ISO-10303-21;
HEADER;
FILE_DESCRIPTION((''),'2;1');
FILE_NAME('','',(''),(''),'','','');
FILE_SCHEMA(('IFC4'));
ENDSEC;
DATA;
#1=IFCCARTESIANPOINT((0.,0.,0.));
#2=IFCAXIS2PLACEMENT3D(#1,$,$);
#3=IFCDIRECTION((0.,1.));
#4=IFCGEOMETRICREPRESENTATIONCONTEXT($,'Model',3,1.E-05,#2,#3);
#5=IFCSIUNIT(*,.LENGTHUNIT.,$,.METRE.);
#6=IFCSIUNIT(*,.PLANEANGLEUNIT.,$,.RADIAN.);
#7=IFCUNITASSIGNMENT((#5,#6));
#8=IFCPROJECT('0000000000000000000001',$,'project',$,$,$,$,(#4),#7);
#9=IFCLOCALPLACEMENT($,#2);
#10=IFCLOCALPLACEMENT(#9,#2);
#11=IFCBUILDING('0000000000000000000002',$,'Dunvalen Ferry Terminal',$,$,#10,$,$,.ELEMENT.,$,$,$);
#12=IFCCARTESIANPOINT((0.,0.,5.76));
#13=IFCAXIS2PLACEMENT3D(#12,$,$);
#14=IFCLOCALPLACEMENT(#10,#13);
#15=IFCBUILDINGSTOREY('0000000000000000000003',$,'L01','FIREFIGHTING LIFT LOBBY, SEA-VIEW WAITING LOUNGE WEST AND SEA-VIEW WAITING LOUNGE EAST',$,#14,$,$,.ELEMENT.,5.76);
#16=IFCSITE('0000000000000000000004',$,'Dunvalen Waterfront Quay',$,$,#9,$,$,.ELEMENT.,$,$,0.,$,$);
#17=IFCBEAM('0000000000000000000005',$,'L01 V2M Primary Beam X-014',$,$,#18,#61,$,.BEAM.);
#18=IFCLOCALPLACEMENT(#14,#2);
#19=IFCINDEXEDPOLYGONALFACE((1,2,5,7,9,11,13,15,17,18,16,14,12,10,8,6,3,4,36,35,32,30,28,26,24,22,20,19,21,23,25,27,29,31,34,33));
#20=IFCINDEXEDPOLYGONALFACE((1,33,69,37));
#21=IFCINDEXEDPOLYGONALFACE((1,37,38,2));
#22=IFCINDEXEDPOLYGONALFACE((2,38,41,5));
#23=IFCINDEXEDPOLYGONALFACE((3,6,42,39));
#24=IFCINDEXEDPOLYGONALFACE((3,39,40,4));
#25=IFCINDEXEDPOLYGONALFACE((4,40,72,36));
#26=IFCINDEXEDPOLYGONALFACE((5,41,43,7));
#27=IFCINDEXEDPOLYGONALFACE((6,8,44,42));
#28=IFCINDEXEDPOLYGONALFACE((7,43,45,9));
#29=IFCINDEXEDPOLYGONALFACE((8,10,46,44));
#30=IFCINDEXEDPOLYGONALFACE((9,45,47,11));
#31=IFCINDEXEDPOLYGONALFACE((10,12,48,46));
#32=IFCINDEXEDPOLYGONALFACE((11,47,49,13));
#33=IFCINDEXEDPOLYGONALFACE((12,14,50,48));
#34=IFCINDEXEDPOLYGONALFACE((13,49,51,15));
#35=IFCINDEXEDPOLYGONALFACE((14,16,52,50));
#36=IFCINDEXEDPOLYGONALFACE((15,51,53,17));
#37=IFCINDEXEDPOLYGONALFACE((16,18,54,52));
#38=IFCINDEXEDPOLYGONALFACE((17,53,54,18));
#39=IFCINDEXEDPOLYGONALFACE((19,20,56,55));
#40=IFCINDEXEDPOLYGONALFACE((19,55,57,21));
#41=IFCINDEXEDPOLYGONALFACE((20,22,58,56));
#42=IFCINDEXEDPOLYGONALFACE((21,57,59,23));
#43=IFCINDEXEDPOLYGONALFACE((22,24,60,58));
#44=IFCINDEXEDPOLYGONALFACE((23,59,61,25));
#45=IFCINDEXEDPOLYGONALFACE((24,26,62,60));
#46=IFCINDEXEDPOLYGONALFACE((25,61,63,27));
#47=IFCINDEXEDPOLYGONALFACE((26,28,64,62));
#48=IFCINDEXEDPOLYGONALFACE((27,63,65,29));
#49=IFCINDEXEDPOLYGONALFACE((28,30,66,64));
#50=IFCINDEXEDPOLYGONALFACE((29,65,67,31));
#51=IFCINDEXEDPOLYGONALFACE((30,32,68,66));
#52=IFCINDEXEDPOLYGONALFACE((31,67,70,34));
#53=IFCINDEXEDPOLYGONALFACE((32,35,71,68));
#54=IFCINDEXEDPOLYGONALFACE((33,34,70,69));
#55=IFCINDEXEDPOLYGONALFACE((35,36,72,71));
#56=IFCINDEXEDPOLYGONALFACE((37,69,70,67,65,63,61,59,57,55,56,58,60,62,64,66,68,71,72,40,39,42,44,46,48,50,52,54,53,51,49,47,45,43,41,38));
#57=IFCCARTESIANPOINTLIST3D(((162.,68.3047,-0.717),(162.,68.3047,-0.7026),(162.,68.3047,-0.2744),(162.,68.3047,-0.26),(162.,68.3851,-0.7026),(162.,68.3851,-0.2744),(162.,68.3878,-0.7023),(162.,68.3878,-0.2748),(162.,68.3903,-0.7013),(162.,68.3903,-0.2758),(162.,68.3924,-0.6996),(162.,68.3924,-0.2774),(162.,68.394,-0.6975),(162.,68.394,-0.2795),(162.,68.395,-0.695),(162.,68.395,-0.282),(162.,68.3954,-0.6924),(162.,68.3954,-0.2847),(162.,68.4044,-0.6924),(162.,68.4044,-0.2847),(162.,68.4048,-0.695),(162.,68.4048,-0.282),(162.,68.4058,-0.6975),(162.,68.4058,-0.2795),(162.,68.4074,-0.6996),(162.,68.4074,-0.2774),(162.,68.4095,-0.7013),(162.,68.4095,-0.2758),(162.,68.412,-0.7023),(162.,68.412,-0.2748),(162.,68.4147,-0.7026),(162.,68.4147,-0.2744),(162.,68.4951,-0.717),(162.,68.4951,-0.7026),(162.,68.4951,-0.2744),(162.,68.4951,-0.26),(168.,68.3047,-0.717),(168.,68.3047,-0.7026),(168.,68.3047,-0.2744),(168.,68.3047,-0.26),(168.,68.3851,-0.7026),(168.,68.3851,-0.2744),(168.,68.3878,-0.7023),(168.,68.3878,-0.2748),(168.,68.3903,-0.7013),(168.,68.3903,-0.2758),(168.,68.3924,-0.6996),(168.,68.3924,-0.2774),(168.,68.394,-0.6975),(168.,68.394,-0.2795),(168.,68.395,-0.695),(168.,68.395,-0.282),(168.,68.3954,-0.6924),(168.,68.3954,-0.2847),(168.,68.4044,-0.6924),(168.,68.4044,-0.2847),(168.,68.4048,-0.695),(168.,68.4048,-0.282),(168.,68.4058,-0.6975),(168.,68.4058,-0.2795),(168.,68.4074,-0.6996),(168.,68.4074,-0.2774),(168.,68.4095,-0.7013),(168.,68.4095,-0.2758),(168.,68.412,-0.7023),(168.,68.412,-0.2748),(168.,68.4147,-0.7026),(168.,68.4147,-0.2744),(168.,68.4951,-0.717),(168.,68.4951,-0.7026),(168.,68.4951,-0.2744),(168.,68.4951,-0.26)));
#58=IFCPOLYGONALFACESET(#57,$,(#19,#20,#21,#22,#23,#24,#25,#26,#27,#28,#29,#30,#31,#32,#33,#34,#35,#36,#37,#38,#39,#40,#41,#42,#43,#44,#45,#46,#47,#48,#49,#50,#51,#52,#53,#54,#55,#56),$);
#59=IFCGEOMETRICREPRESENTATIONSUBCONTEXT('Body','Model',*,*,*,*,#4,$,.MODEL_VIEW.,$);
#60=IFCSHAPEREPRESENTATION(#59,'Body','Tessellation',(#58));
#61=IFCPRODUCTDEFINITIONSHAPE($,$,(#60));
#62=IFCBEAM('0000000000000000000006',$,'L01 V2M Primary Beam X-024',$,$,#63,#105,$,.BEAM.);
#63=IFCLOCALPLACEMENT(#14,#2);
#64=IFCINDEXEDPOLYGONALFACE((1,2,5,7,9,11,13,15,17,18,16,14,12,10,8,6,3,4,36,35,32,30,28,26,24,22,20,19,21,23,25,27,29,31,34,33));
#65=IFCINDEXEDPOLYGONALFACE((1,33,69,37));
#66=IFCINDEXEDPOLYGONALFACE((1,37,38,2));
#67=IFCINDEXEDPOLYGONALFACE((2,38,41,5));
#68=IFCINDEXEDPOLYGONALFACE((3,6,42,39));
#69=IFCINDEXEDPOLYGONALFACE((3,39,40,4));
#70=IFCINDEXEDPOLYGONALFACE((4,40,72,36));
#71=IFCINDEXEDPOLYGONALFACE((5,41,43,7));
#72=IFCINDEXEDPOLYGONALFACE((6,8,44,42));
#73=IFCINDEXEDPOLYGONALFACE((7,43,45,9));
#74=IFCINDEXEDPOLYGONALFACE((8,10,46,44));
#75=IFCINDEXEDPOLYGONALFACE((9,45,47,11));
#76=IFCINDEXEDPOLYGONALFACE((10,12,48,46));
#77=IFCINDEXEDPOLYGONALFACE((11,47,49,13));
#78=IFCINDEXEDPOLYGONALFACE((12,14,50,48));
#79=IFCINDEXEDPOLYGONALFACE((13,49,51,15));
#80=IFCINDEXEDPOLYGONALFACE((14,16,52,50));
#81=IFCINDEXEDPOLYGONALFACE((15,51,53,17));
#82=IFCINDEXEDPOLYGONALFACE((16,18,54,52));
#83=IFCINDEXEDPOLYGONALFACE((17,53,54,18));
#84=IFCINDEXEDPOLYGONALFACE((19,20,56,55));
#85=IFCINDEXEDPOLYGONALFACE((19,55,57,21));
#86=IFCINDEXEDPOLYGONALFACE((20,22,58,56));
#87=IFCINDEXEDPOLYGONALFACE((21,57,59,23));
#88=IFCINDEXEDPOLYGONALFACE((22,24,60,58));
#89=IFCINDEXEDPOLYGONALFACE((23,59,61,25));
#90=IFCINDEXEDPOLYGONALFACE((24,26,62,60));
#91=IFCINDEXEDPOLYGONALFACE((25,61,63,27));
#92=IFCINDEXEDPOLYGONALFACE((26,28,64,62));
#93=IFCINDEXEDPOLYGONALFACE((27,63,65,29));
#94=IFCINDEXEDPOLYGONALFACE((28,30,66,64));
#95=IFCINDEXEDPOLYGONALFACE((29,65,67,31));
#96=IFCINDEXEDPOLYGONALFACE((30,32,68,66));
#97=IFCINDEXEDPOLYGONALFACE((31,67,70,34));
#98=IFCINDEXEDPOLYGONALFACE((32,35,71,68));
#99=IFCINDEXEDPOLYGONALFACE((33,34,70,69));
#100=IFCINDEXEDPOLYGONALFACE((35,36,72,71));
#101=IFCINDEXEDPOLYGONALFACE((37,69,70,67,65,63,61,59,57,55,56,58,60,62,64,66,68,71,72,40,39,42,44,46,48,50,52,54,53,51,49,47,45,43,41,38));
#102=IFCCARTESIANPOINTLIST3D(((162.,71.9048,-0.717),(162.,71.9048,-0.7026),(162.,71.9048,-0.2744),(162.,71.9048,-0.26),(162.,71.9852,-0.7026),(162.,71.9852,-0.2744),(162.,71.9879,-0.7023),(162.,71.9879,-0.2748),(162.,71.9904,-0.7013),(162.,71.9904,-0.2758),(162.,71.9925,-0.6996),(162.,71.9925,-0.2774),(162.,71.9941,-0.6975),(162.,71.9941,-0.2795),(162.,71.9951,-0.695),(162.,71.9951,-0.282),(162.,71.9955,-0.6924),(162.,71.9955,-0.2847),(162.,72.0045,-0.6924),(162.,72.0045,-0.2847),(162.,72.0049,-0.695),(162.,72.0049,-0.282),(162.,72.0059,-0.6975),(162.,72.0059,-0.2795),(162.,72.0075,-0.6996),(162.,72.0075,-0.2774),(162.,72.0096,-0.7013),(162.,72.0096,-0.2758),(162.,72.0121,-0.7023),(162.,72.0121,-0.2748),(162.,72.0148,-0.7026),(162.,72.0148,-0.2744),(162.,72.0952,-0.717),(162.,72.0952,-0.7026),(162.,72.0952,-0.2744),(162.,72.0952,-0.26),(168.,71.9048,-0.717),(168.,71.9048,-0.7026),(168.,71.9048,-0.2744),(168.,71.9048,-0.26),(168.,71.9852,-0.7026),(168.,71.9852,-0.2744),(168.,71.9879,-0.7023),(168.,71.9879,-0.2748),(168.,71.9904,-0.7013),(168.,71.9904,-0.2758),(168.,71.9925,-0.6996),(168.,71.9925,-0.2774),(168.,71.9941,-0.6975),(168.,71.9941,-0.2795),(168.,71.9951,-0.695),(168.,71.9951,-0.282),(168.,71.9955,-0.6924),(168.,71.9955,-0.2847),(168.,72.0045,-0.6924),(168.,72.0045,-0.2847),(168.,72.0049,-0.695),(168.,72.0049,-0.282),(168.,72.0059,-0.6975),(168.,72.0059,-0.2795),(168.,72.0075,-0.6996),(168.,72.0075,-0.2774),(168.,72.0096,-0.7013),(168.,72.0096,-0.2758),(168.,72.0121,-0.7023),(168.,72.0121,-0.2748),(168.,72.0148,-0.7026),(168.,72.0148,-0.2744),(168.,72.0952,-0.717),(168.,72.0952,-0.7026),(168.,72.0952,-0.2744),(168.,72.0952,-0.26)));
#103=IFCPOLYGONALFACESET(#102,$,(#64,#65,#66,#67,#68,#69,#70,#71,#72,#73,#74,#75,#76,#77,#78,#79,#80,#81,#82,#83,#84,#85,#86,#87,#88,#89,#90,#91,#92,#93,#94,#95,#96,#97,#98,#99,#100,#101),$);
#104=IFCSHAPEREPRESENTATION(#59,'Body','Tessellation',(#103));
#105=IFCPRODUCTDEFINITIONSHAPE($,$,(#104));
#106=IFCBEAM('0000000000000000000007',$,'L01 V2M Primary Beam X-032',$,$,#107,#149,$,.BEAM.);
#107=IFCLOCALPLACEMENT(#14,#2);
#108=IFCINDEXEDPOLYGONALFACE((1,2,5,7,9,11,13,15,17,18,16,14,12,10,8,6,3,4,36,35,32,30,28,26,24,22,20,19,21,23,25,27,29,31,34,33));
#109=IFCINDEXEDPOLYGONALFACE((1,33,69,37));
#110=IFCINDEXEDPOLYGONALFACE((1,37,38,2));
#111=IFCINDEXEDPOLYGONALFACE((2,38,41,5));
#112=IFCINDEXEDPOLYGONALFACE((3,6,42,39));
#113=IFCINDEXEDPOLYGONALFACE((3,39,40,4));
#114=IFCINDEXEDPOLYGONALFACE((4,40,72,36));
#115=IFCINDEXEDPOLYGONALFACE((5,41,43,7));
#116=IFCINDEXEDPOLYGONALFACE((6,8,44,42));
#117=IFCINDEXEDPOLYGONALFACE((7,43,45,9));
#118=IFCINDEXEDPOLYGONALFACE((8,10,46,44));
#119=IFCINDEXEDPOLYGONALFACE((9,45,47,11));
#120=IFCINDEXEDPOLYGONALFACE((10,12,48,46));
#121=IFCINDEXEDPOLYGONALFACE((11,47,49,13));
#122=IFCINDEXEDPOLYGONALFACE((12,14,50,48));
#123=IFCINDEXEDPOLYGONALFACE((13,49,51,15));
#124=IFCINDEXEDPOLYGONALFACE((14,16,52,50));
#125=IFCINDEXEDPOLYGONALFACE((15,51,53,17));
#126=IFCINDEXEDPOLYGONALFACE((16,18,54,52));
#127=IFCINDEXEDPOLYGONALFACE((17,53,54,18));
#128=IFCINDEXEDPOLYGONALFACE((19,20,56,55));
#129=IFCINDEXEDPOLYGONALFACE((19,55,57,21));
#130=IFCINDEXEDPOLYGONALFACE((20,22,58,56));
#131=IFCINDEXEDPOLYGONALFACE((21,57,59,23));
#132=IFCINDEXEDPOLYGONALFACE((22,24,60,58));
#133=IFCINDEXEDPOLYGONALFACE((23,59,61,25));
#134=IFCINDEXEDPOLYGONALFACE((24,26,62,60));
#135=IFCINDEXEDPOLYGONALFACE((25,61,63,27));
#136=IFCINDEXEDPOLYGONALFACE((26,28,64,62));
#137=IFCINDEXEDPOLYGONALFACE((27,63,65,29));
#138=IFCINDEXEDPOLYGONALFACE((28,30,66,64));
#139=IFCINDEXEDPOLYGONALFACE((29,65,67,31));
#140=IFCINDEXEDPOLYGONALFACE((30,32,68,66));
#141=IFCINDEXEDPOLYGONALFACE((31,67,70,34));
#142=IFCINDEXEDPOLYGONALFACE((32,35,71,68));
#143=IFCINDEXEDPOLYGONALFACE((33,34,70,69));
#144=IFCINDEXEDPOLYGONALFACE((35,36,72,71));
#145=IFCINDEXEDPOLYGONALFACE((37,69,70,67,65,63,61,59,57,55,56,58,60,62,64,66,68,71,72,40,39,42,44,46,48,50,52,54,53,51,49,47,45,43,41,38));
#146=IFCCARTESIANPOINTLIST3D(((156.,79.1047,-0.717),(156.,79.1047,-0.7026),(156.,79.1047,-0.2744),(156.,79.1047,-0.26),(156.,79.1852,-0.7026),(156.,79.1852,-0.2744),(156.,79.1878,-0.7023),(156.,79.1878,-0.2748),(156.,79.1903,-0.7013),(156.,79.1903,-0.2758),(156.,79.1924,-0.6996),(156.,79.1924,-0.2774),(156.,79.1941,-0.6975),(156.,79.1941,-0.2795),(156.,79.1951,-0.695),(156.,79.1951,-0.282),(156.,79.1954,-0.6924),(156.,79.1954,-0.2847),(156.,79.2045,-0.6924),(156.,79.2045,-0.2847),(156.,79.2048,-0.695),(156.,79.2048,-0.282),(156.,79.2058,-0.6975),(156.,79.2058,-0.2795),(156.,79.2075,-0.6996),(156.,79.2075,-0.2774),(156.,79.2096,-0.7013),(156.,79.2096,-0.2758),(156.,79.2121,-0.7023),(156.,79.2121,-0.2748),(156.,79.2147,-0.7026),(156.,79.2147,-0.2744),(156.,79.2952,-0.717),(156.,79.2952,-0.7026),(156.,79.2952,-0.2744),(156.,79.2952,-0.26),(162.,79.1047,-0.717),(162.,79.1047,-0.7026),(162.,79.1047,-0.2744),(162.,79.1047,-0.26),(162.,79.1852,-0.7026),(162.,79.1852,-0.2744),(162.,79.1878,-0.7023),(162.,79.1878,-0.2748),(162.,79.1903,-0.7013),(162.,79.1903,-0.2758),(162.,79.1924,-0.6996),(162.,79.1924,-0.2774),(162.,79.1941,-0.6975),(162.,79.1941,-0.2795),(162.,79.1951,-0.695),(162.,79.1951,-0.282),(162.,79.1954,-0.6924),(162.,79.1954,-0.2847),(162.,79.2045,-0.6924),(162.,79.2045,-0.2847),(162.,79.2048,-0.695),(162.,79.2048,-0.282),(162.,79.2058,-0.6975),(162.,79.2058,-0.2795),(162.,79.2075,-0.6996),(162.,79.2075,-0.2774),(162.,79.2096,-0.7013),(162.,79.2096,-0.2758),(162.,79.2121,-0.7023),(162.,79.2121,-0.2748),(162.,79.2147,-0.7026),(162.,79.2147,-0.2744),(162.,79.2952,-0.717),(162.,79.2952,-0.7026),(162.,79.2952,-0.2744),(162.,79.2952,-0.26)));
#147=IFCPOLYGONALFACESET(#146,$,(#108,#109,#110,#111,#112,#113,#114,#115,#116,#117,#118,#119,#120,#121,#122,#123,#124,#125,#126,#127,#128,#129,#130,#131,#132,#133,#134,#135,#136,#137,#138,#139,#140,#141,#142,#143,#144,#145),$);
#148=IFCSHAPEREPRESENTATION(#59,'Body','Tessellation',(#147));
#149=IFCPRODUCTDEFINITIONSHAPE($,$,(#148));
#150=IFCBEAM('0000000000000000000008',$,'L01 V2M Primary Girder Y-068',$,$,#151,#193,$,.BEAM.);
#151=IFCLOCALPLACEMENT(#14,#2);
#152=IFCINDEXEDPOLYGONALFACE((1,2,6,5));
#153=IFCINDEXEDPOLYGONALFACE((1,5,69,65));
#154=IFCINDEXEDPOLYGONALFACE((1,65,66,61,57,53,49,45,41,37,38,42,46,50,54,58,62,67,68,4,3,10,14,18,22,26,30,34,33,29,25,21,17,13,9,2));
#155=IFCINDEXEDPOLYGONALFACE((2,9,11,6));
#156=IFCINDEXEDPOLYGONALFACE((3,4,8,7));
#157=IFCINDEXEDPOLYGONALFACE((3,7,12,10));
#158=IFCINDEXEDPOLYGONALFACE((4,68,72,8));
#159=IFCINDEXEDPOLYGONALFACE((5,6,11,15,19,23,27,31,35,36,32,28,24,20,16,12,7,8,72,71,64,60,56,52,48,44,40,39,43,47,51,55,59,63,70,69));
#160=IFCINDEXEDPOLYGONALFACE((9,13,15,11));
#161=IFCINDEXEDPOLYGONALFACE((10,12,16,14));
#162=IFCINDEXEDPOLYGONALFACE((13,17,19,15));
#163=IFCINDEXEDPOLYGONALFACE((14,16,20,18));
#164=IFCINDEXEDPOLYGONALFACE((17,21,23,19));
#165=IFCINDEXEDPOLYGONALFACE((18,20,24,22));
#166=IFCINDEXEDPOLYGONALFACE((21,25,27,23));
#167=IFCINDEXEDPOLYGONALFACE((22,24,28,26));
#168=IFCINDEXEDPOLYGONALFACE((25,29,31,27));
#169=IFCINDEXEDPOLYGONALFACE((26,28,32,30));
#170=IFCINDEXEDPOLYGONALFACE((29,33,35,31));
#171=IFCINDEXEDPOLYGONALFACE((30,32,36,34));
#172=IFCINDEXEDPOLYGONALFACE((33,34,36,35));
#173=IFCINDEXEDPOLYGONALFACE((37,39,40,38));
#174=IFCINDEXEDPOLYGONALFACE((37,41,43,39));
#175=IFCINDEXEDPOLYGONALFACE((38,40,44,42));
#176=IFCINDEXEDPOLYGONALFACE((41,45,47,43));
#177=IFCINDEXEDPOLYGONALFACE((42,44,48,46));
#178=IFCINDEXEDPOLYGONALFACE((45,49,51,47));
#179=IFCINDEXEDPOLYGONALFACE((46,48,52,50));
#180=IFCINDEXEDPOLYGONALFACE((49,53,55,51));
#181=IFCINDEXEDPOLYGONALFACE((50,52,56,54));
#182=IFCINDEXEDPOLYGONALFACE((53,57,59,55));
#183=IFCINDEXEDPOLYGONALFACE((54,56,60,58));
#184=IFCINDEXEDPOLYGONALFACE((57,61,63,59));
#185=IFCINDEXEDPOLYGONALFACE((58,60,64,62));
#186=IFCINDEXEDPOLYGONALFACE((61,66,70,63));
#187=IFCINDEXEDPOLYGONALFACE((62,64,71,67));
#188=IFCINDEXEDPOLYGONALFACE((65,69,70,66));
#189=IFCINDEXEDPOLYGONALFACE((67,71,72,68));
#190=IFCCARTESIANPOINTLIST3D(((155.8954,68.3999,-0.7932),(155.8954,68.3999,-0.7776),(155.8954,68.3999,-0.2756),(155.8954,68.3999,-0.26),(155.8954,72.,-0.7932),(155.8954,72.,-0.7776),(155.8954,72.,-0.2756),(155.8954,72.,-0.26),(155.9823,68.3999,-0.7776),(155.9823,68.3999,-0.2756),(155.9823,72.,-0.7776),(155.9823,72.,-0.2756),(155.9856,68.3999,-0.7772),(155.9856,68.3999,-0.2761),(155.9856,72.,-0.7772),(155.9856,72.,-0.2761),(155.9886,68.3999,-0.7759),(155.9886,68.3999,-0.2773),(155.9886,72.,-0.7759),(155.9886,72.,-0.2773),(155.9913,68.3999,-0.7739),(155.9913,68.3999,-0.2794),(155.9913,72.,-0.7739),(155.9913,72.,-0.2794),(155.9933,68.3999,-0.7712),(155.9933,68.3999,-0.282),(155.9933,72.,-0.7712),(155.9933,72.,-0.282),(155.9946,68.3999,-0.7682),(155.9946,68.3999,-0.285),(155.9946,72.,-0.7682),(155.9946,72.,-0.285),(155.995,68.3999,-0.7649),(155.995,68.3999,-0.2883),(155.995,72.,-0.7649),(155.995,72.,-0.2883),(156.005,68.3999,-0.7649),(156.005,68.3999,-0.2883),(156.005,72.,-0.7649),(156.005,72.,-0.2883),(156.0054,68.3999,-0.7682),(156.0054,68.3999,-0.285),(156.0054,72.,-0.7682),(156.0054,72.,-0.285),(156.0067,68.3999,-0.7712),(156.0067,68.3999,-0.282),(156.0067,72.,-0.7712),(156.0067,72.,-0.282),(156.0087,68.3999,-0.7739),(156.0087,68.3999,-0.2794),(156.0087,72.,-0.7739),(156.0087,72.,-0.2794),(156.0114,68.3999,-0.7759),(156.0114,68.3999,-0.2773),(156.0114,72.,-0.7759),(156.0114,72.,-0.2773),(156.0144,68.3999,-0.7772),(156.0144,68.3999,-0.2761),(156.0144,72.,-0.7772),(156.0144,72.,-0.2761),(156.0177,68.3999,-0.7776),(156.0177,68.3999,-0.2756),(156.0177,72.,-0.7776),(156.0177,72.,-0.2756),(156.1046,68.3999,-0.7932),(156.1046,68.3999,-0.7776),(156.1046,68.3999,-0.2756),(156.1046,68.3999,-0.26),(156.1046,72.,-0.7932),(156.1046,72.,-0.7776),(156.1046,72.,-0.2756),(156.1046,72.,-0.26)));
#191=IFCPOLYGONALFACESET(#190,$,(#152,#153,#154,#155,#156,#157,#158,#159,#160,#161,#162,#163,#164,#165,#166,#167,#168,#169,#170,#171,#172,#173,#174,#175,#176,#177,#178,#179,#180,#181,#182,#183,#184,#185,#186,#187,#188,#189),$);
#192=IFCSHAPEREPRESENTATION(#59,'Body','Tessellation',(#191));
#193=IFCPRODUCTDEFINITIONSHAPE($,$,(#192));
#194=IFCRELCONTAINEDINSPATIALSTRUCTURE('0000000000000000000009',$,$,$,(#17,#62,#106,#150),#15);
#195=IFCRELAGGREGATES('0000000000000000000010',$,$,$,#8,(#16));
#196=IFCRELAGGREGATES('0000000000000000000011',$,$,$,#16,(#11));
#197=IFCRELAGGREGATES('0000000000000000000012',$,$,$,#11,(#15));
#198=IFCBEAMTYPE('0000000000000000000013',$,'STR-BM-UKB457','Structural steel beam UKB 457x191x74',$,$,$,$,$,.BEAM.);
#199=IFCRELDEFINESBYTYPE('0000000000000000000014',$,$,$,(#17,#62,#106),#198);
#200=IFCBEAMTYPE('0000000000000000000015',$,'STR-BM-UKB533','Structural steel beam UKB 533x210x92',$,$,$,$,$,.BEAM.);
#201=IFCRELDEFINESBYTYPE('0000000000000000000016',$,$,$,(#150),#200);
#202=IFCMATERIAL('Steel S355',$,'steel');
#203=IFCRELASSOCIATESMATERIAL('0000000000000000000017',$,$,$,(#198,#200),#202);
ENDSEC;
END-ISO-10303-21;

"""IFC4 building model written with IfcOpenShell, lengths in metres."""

from ifc_helpers import new_model, si_unit, direction, frame, origin, origin_2d, place, context, subcontext, project, spatial, i_section, extrude, material, material_profile, profile_set, type_object, element, save


model = new_model("IFC4")

# Units and contexts
model_context = context("Model", 3, precision=1e-05, world=origin(), true_north=direction((0.0, 1.0)))
body_context = subcontext(model_context, "Body", "Model", "MODEL_VIEW")
ifc_project = project(units=[si_unit("LENGTHUNIT", "METRE"), si_unit("PLANEANGLEUNIT", "RADIAN")], contexts=[model_context])

# Site, building, storey
site_placement = place(None, origin())
site = spatial("IfcSite", under=ifc_project, at=site_placement, Name="Dunvalen Waterfront Quay", CompositionType="ELEMENT", RefElevation=0.0)
building_placement = place(site_placement, origin())
building = spatial("IfcBuilding", under=site, at=building_placement, Name="Dunvalen Ferry Terminal", CompositionType="ELEMENT")
storey_placement = place(building_placement, frame((0.0, 0.0, 5.76)))
storey = spatial("IfcBuildingStorey", under=building, at=storey_placement, Name="L01", Description="FIREFIGHTING LIFT LOBBY, SEA-VIEW WAITING LOUNGE WEST AND SEA-VIEW WAITING LOUNGE EAST", CompositionType="ELEMENT", Elevation=5.76)

# Beams
ifc_material_1 = material(Name="Steel S355", Category="steel")
ifc_material_profile_1 = material_profile(ifc_material_1, i_section(OverallWidth=0.1904, OverallDepth=0.457, WebThickness=0.009, FlangeThickness=0.0144, FilletRadius=0.0103, at=origin_2d()), Name="Steel S355")
ifc_profile_set_1 = profile_set([ifc_material_profile_1], Name="Steel S355")
beam_type_1 = type_object("IfcBeamType", Name="STR-BM-UKB457", Description="Structural steel beam UKB 457x191x74", PredefinedType="BEAM", material=ifc_profile_set_1)
for number, where, z_axis, x_axis, name in (
    (1, (162.0, 68.3999, -0.4885), (1.0, 0.0, 0.0), (0.0, 1.0, 0.0), "L01 V2M Primary Beam X-014"),
    (2, (162.0, 72.0, -0.4885), (1.0, 0.0, 0.0), (0.0, 1.0, 0.0), "L01 V2M Primary Beam X-024"),
    (3, (156.0, 79.2, -0.4885), (1.0, 0.0, 0.0), (0.0, 1.0, 0.0), "L01 V2M Primary Beam X-032"),
):
    element("IfcBeam", number, at=place(storey_placement, frame(where, z_axis=z_axis, x_axis=x_axis)), inside=storey, type_object=beam_type_1, Name=name, PredefinedType="BEAM", context=body_context, shape_type="SweptSolid", body=[
        extrude(i_section(OverallWidth=0.1904, OverallDepth=0.457, WebThickness=0.009, FlangeThickness=0.0144, FilletRadius=0.0103, at=origin_2d()), origin(), (0.0, 0.0, 1.0), 6.0),
    ])
ifc_material_profile_2 = material_profile(ifc_material_1, i_section(OverallWidth=0.2092, OverallDepth=0.5332, WebThickness=0.01, FlangeThickness=0.0156, FilletRadius=0.0127, at=origin_2d()), Name="Steel S355")
ifc_profile_set_2 = profile_set([ifc_material_profile_2], Name="Steel S355")
beam_type_2 = type_object("IfcBeamType", Name="STR-BM-UKB533", Description="Structural steel beam UKB 533x210x92", PredefinedType="BEAM", material=ifc_profile_set_2)
for number, where, z_axis, x_axis, name in (
    (4, (156.0, 68.3999, -0.5266), (0.0, 1.0, 0.0), (-1.0, 0.0, 0.0), "L01 V2M Primary Girder Y-068"),
):
    element("IfcBeam", number, at=place(storey_placement, frame(where, z_axis=z_axis, x_axis=x_axis)), inside=storey, type_object=beam_type_2, Name=name, PredefinedType="BEAM", context=body_context, shape_type="SweptSolid", body=[
        extrude(i_section(OverallWidth=0.2092, OverallDepth=0.5332, WebThickness=0.01, FlangeThickness=0.0156, FilletRadius=0.0127, at=origin_2d()), origin(), (0.0, 0.0, 1.0), 3.6001),
    ])

save(model, "model.ifc")
